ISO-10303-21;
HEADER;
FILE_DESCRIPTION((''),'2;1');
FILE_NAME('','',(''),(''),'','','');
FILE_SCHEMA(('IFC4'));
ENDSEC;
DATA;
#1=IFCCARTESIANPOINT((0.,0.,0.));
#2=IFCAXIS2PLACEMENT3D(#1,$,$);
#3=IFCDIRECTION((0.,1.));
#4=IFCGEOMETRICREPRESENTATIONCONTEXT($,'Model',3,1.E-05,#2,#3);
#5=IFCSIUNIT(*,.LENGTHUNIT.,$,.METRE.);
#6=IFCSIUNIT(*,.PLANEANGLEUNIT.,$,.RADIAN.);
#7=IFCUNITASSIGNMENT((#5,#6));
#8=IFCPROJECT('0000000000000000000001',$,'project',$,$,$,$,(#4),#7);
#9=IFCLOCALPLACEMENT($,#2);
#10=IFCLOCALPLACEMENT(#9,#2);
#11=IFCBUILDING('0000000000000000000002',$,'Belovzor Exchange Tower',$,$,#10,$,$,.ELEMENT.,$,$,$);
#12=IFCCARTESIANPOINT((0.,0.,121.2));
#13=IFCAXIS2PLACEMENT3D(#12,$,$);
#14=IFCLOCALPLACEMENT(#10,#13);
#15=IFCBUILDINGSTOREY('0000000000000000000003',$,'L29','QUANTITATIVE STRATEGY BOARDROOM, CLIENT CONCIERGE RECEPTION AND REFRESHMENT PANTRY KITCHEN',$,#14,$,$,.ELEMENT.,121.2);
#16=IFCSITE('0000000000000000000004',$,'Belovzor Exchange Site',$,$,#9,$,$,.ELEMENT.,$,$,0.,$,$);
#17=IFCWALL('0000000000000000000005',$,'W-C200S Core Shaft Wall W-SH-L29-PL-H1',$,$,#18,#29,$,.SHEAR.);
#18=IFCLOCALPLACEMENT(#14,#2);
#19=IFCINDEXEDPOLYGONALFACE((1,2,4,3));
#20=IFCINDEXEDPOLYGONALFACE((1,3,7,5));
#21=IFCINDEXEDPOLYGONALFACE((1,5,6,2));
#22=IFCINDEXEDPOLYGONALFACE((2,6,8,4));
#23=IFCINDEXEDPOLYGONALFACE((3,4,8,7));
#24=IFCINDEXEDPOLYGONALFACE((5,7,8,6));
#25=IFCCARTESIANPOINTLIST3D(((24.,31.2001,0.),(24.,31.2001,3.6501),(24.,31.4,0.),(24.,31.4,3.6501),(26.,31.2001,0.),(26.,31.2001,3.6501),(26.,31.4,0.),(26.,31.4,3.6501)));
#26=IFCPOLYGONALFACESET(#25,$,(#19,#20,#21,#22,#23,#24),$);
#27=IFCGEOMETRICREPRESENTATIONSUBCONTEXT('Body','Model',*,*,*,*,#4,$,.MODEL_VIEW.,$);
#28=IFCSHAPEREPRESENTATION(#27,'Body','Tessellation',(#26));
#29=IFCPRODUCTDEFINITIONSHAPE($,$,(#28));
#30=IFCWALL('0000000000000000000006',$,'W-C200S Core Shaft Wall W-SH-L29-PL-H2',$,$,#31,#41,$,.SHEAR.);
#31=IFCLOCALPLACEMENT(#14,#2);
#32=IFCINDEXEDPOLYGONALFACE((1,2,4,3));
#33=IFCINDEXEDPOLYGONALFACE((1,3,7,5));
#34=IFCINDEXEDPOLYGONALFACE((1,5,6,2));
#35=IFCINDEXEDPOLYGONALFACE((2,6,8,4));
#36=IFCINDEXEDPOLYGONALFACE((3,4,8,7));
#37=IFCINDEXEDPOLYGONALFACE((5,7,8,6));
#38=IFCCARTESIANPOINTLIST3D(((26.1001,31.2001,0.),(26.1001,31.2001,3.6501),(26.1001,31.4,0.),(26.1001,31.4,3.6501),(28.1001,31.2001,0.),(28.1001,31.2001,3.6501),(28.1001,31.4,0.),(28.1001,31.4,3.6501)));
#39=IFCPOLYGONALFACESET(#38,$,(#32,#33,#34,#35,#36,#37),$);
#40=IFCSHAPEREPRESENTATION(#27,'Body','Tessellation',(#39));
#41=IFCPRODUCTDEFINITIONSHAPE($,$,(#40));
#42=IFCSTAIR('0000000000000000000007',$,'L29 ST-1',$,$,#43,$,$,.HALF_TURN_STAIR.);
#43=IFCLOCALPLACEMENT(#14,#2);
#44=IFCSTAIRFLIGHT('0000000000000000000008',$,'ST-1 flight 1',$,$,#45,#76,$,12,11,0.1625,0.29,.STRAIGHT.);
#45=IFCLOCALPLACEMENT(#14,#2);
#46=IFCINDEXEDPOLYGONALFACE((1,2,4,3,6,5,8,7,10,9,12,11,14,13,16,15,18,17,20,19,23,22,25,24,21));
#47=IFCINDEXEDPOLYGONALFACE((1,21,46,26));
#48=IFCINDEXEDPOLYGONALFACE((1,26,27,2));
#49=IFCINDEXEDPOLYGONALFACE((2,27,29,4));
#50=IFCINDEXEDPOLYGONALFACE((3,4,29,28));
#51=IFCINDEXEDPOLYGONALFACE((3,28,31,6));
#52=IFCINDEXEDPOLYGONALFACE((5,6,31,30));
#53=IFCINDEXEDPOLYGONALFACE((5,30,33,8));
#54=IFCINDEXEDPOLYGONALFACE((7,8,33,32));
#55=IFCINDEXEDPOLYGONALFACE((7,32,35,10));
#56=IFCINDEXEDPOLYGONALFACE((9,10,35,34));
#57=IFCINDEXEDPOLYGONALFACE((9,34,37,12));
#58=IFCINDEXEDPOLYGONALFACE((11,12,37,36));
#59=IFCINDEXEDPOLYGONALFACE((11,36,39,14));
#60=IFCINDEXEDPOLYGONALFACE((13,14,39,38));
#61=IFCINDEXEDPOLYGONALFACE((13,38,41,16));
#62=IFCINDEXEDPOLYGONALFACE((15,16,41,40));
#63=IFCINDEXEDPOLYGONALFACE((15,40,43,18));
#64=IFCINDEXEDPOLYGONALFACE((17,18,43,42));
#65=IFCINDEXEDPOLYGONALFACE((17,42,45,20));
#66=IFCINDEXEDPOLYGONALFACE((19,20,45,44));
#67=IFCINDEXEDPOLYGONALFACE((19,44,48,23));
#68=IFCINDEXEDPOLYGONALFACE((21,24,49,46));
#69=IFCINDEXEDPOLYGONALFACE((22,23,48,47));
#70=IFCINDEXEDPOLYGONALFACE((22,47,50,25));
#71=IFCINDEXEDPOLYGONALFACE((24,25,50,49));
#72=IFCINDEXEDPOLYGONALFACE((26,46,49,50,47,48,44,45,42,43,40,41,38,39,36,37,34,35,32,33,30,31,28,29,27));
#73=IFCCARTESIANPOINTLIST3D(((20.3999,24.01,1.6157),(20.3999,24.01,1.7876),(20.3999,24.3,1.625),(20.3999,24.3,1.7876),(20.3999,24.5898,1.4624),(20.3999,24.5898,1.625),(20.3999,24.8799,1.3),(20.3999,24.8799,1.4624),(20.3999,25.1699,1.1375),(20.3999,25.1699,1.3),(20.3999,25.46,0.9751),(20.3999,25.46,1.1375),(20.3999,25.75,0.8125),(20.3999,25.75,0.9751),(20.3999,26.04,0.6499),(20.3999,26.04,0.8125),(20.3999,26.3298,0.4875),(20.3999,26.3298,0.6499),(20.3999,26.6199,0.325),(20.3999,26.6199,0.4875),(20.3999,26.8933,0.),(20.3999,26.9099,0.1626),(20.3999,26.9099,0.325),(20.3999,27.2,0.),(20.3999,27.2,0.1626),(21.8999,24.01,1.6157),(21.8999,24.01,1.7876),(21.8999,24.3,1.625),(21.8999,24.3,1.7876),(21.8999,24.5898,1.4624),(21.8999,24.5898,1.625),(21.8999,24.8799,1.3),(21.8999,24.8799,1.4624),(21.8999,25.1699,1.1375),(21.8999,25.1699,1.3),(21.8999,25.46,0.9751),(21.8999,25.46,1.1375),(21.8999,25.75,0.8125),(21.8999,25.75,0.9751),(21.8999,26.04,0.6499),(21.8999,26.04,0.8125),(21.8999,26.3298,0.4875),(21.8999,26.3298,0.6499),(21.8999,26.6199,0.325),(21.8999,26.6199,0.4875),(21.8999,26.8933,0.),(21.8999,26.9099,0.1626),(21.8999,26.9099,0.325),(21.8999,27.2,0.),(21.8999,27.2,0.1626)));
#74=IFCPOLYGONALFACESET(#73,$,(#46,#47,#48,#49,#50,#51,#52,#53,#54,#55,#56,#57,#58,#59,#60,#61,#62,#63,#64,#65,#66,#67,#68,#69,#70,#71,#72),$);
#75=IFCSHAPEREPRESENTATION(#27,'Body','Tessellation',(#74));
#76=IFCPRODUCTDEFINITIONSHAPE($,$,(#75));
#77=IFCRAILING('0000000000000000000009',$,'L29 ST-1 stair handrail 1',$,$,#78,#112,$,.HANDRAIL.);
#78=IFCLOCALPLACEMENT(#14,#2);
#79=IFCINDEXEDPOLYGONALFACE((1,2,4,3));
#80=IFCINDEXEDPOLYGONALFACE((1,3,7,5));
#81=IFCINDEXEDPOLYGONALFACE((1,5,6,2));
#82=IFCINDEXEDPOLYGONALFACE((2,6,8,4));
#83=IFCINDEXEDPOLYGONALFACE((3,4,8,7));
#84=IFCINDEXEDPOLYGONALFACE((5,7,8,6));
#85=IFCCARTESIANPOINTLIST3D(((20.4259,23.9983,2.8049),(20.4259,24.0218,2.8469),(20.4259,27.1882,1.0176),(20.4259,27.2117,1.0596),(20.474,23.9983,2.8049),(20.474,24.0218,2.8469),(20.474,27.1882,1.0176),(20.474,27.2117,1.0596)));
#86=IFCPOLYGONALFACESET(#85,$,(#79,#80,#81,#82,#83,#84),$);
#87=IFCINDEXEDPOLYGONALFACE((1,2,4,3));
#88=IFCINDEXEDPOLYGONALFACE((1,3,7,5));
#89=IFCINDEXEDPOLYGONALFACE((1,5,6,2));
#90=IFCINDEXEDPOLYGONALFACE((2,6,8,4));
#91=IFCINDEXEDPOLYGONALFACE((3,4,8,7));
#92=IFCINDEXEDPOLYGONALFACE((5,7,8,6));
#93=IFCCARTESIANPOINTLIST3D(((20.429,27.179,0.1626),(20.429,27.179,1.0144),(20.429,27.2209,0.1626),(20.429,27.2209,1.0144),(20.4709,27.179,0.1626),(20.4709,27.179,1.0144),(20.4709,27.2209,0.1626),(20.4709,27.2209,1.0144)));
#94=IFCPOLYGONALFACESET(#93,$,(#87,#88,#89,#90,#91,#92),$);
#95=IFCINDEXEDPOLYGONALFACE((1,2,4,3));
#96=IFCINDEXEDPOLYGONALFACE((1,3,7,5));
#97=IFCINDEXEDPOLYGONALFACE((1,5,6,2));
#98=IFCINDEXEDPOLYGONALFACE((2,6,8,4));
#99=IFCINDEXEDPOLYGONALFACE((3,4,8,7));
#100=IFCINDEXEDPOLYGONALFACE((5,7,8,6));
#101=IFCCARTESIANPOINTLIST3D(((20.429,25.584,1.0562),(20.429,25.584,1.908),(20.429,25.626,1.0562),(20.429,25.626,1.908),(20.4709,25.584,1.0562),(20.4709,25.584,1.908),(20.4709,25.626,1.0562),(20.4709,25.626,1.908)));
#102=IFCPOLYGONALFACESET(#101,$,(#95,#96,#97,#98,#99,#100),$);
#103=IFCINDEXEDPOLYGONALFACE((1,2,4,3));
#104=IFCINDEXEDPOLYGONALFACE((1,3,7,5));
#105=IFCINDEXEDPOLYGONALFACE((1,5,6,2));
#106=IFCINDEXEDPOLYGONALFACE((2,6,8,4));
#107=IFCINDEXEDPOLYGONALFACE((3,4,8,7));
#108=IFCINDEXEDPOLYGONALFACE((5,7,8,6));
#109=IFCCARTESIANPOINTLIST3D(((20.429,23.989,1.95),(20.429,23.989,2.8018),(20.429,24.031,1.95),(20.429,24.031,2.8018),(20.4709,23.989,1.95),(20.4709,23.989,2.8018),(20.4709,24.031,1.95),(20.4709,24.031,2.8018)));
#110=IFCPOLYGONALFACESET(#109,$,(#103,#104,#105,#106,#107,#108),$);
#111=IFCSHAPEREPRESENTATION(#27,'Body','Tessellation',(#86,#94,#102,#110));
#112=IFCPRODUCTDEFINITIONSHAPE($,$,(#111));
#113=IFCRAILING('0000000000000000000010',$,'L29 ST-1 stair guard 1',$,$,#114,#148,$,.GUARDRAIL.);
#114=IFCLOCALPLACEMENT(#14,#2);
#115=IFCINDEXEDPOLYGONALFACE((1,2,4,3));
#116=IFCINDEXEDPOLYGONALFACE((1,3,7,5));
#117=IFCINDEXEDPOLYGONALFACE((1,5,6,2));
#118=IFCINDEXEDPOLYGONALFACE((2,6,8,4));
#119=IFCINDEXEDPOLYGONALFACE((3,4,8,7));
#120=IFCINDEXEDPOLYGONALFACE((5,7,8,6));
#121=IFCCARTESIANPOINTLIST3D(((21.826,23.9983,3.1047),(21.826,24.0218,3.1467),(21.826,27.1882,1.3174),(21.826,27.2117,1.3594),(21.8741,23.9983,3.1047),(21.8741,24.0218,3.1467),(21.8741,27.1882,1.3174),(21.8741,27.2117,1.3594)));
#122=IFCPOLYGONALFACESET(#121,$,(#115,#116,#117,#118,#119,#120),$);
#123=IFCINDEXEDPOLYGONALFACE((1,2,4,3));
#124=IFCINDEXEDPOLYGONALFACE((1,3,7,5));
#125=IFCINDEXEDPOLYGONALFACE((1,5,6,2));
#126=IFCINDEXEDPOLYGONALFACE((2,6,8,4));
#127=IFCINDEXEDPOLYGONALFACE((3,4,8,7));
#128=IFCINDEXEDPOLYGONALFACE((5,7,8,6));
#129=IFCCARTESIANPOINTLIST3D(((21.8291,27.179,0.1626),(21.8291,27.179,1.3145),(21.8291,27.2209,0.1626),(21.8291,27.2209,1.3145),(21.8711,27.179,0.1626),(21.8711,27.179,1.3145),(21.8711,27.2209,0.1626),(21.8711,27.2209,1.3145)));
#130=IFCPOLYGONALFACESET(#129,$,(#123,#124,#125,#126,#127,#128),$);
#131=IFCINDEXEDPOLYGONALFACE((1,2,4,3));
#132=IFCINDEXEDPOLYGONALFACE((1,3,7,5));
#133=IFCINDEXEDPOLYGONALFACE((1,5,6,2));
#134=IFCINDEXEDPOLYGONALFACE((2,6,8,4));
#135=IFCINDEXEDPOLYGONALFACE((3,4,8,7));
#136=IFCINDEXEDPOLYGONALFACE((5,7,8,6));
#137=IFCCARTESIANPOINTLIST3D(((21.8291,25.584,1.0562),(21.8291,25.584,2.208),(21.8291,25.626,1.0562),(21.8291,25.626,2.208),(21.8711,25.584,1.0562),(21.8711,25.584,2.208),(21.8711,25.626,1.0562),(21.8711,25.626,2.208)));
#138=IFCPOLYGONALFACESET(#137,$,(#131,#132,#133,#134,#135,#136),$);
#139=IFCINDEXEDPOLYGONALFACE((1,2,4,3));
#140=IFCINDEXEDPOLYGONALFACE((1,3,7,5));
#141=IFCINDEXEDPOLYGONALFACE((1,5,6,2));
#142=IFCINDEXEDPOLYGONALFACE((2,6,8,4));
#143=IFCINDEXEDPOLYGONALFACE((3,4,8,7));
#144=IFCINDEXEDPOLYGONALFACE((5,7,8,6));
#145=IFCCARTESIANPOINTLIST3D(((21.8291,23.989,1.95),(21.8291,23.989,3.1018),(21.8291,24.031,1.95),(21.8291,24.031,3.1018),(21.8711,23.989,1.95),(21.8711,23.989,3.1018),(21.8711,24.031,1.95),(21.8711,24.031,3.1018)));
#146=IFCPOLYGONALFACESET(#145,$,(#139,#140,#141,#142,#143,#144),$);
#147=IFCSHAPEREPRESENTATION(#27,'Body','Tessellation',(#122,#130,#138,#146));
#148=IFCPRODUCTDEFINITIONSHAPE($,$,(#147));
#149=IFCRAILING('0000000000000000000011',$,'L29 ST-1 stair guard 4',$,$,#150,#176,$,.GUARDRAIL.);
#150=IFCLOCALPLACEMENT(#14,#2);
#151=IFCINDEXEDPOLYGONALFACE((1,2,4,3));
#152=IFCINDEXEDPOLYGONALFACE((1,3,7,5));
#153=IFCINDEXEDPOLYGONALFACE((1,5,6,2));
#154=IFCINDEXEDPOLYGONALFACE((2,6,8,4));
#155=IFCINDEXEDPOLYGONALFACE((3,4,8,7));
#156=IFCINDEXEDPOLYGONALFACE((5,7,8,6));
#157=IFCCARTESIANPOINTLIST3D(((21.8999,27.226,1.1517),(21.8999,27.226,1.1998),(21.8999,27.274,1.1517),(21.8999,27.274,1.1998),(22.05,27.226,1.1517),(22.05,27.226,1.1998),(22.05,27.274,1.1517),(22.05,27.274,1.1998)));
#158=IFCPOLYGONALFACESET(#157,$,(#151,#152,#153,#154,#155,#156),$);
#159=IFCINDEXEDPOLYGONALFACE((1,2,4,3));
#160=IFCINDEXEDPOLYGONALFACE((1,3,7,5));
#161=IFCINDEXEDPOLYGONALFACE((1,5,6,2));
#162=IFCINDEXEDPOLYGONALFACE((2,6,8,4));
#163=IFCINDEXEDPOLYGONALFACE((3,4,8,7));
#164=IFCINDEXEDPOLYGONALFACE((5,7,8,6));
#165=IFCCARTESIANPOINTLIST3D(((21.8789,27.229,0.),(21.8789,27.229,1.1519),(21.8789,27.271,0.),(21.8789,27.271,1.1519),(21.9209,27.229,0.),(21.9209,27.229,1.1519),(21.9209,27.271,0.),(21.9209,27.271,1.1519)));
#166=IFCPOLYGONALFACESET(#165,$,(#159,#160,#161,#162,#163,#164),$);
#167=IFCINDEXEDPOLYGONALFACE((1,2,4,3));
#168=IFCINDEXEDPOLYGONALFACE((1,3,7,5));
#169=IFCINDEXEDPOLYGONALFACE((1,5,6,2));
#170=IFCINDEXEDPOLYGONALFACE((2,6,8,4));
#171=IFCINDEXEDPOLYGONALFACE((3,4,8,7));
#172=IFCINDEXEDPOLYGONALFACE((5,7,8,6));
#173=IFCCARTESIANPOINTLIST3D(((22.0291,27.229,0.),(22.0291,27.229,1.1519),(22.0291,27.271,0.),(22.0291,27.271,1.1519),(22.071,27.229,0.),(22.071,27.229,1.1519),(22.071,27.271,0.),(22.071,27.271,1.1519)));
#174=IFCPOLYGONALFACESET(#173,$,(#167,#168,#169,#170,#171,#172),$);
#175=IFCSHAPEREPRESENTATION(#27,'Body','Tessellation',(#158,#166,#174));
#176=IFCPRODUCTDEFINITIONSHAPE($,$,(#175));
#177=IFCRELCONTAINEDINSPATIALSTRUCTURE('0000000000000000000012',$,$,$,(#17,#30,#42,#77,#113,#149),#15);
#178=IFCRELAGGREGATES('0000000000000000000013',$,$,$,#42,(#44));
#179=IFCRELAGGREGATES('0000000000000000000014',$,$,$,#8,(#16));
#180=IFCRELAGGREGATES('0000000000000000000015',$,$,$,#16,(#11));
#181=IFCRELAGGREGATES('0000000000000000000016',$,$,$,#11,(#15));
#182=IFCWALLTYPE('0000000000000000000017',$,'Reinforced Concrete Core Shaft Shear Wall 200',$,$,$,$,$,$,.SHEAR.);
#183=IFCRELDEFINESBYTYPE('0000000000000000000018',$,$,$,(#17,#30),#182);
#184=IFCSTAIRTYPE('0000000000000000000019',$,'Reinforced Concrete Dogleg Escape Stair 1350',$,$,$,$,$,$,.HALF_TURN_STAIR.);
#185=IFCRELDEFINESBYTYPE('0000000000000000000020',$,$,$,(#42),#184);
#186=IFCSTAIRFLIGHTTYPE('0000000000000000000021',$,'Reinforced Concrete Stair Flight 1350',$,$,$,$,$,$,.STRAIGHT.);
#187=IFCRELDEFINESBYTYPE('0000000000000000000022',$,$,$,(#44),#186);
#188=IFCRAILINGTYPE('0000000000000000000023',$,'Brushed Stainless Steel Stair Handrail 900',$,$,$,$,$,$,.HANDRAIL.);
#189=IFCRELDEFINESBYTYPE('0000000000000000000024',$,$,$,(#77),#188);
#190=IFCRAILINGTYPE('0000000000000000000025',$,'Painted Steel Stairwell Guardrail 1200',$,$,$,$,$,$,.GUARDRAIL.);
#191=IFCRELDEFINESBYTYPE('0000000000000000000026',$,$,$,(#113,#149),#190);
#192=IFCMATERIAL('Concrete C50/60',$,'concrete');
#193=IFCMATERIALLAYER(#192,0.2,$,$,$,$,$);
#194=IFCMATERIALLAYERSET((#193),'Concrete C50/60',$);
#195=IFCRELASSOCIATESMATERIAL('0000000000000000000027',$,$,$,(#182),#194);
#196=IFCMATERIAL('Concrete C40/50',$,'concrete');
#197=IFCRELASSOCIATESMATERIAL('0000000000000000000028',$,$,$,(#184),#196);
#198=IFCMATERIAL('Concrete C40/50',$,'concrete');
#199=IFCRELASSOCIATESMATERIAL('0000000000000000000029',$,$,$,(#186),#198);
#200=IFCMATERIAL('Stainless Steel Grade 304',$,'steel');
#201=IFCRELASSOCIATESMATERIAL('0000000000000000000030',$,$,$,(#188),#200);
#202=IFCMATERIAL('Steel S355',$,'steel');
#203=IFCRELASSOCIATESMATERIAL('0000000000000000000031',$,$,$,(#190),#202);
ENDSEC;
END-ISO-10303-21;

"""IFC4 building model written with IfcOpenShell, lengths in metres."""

from ifc_helpers import new_model, si_unit, direction, frame, frame_2d, origin, origin_2d, place, context, subcontext, project, spatial, polyline, rectangle, outline, extrude, material, layer, layer_set, type_object, element, aggregate, save


model = new_model("IFC4")

# Units and contexts
model_context = context("Model", 3, precision=1e-05, world=origin(), true_north=direction((0.0, 1.0)))
body_context = subcontext(model_context, "Body", "Model", "MODEL_VIEW")
ifc_project = project(units=[si_unit("LENGTHUNIT", "METRE"), si_unit("PLANEANGLEUNIT", "RADIAN")], contexts=[model_context])

# Site, building, storey
site_placement = place(None, origin())
site = spatial("IfcSite", under=ifc_project, at=site_placement, Name="Belovzor Exchange Site", CompositionType="ELEMENT", RefElevation=0.0)
building_placement = place(site_placement, origin())
building = spatial("IfcBuilding", under=site, at=building_placement, Name="Belovzor Exchange Tower", CompositionType="ELEMENT")
storey_placement = place(building_placement, frame((0.0, 0.0, 121.2)))
storey = spatial("IfcBuildingStorey", under=building, at=storey_placement, Name="L29", Description="QUANTITATIVE STRATEGY BOARDROOM, CLIENT CONCIERGE RECEPTION AND REFRESHMENT PANTRY KITCHEN", CompositionType="ELEMENT", Elevation=121.2)

# Shared definitions
ifc_material_1 = material(Name="Concrete C50/60", Category="concrete")
ifc_layer_1 = layer(ifc_material_1, 0.2)
ifc_layer_set_1 = layer_set([ifc_layer_1], Name="Concrete C50/60")
wall_type_1 = type_object("IfcWallType", Name="Reinforced Concrete Core Shaft Shear Wall 200", PredefinedType="SHEAR", material=ifc_layer_set_1)

# Walls
for number, where, z_axis, x_axis, name in (
    (1, (24.0, 31.3, 0.0), (0.0, 0.0, 1.0), (1.0, 0.0, 0.0), "W-C200S Core Shaft Wall W-SH-L29-PL-H1"),
    (2, (26.1001, 31.3, 0.0), (0.0, 0.0, 1.0), (1.0, 0.0, 0.0), "W-C200S Core Shaft Wall W-SH-L29-PL-H2"),
):
    element("IfcWall", number, at=place(storey_placement, frame(where, z_axis=z_axis, x_axis=x_axis)), inside=storey, type_object=wall_type_1, Name=name, PredefinedType="SHEAR", context=body_context, shape_type="SweptSolid", body=[
        extrude(rectangle(XDim=2.0, YDim=0.2, at=frame_2d((1.0, 0.0))), origin(), (0.0, 0.0, 1.0), 3.6501),
    ])

# Stair, stair flight
ifc_material_2 = material(Name="Concrete C40/50", Category="concrete")
stair_type = type_object("IfcStairType", Name="Reinforced Concrete Dogleg Escape Stair 1350", PredefinedType="HALF_TURN_STAIR", material=ifc_material_2)
stair_placement = place(storey_placement, origin())
stair = element("IfcStair", 3, at=stair_placement, inside=storey, type_object=stair_type, Name="L29 ST-1", PredefinedType="HALF_TURN_STAIR")
ifc_material_3 = material(Name="Concrete C40/50", Category="concrete")
stair_flight_type = type_object("IfcStairFlightType", Name="Reinforced Concrete Stair Flight 1350", PredefinedType="STRAIGHT", material=ifc_material_3)
stair_flight_placement = place(storey_placement, frame((21.1499, 27.2, 0.0), z_axis=(0.0, 0.0, 1.0), x_axis=(0.0, -1.0, 0.0)))
stair_flight = element("IfcStairFlight", 4, at=stair_flight_placement, type_object=stair_flight_type, Name="ST-1 flight 1", NumberOfRisers=12, NumberOfTreads=11, PredefinedType="STRAIGHT", RiserHeight=0.1625, TreadLength=0.29, context=body_context, shape_type="SweptSolid", body=[
    extrude(outline(polyline([(0.0, 0.0), (0.0, 0.1626), (0.29, 0.1626), (0.29, 0.325), (0.5801, 0.325), (0.5801, 0.4875), (0.8701, 0.4875), (0.8701, 0.6499), (1.1599, 0.6499), (1.1599, 0.8125), (1.45, 0.8125), (1.45, 0.9751), (1.74, 0.9751), (1.74, 1.1375), (2.03, 1.1375), (2.03, 1.3), (2.3201, 1.3), (2.3201, 1.4624), (2.6101, 1.4624), (2.6101, 1.625), (2.8999, 1.625), (2.8999, 1.7876), (3.1899, 1.7876), (3.1899, 1.95), (3.1899, 1.6157), (0.3066, 0.0), (0.0, 0.0)])), frame((0.0, 0.75, 0.0), z_axis=(0.0, -1.0, 0.0), x_axis=(1.0, 0.0, 0.0)), (0.0, 0.0, 1.0), 1.5),
])
aggregate(stair, [stair_flight])

# Railings
ifc_material_4 = material(Name="Stainless Steel Grade 304", Category="steel")
railing_type_1 = type_object("IfcRailingType", Name="Brushed Stainless Steel Stair Handrail 900", PredefinedType="HANDRAIL", material=ifc_material_4)
railing_1_placement = place(storey_placement, frame((20.45, 27.2, 0.1626)))
element("IfcRailing", 5, at=railing_1_placement, inside=storey, type_object=railing_type_1, Name="L29 ST-1 stair handrail 1", PredefinedType="HANDRAIL", context=body_context, shape_type="SweptSolid", body=[
    extrude(rectangle(XDim=0.0481, YDim=0.0481, at=origin_2d()), frame((0.0, 0.0, 0.876), z_axis=(0.0, -0.872391, 0.488809), x_axis=(1.0, 0.0, 0.0)), (0.0, 0.0, 1.0), 3.6565),
    extrude(rectangle(XDim=0.042, YDim=0.042, at=origin_2d()), origin(), (0.0, 0.0, 1.0), 0.8518),
    extrude(rectangle(XDim=0.042, YDim=0.042, at=origin_2d()), frame((0.0, -1.595, 0.8936)), (0.0, 0.0, 1.0), 0.8518),
    extrude(rectangle(XDim=0.042, YDim=0.042, at=origin_2d()), frame((0.0, -3.1899, 1.7874)), (0.0, 0.0, 1.0), 0.8518),
])
ifc_material_5 = material(Name="Steel S355", Category="steel")
railing_type_2 = type_object("IfcRailingType", Name="Painted Steel Stairwell Guardrail 1200", PredefinedType="GUARDRAIL", material=ifc_material_5)
railing_2_placement = place(storey_placement, frame((21.8501, 27.2, 0.1626)))
element("IfcRailing", 6, at=railing_2_placement, inside=storey, type_object=railing_type_2, Name="L29 ST-1 stair guard 1", PredefinedType="GUARDRAIL", context=body_context, shape_type="SweptSolid", body=[
    extrude(rectangle(XDim=0.0481, YDim=0.0481, at=origin_2d()), frame((0.0, 0.0, 1.1758), z_axis=(0.0, -0.872391, 0.488809), x_axis=(1.0, 0.0, 0.0)), (0.0, 0.0, 1.0), 3.6565),
    extrude(rectangle(XDim=0.042, YDim=0.042, at=origin_2d()), origin(), (0.0, 0.0, 1.0), 1.1519),
    extrude(rectangle(XDim=0.042, YDim=0.042, at=origin_2d()), frame((0.0, -1.595, 0.8936)), (0.0, 0.0, 1.0), 1.1519),
    extrude(rectangle(XDim=0.042, YDim=0.042, at=origin_2d()), frame((0.0, -3.1899, 1.7874)), (0.0, 0.0, 1.0), 1.1519),
])
railing_3_placement = place(storey_placement, frame((21.8999, 27.25, 0.0)))
element("IfcRailing", 7, at=railing_3_placement, inside=storey, type_object=railing_type_2, Name="L29 ST-1 stair guard 4", PredefinedType="GUARDRAIL", context=body_context, shape_type="SweptSolid", body=[
    extrude(rectangle(XDim=0.0481, YDim=0.0481, at=origin_2d()), frame((0.0, 0.0, 1.1758), z_axis=(1.0, 0.0, 0.0), x_axis=(0.0, 1.0, 0.0)), (0.0, 0.0, 1.0), 0.1501),
    extrude(rectangle(XDim=0.042, YDim=0.042, at=origin_2d()), origin(), (0.0, 0.0, 1.0), 1.1519),
    extrude(rectangle(XDim=0.042, YDim=0.042, at=origin_2d()), frame((0.1501, 0.0, 0.0)), (0.0, 0.0, 1.0), 1.1519),
])

save(model, "model.ifc")
